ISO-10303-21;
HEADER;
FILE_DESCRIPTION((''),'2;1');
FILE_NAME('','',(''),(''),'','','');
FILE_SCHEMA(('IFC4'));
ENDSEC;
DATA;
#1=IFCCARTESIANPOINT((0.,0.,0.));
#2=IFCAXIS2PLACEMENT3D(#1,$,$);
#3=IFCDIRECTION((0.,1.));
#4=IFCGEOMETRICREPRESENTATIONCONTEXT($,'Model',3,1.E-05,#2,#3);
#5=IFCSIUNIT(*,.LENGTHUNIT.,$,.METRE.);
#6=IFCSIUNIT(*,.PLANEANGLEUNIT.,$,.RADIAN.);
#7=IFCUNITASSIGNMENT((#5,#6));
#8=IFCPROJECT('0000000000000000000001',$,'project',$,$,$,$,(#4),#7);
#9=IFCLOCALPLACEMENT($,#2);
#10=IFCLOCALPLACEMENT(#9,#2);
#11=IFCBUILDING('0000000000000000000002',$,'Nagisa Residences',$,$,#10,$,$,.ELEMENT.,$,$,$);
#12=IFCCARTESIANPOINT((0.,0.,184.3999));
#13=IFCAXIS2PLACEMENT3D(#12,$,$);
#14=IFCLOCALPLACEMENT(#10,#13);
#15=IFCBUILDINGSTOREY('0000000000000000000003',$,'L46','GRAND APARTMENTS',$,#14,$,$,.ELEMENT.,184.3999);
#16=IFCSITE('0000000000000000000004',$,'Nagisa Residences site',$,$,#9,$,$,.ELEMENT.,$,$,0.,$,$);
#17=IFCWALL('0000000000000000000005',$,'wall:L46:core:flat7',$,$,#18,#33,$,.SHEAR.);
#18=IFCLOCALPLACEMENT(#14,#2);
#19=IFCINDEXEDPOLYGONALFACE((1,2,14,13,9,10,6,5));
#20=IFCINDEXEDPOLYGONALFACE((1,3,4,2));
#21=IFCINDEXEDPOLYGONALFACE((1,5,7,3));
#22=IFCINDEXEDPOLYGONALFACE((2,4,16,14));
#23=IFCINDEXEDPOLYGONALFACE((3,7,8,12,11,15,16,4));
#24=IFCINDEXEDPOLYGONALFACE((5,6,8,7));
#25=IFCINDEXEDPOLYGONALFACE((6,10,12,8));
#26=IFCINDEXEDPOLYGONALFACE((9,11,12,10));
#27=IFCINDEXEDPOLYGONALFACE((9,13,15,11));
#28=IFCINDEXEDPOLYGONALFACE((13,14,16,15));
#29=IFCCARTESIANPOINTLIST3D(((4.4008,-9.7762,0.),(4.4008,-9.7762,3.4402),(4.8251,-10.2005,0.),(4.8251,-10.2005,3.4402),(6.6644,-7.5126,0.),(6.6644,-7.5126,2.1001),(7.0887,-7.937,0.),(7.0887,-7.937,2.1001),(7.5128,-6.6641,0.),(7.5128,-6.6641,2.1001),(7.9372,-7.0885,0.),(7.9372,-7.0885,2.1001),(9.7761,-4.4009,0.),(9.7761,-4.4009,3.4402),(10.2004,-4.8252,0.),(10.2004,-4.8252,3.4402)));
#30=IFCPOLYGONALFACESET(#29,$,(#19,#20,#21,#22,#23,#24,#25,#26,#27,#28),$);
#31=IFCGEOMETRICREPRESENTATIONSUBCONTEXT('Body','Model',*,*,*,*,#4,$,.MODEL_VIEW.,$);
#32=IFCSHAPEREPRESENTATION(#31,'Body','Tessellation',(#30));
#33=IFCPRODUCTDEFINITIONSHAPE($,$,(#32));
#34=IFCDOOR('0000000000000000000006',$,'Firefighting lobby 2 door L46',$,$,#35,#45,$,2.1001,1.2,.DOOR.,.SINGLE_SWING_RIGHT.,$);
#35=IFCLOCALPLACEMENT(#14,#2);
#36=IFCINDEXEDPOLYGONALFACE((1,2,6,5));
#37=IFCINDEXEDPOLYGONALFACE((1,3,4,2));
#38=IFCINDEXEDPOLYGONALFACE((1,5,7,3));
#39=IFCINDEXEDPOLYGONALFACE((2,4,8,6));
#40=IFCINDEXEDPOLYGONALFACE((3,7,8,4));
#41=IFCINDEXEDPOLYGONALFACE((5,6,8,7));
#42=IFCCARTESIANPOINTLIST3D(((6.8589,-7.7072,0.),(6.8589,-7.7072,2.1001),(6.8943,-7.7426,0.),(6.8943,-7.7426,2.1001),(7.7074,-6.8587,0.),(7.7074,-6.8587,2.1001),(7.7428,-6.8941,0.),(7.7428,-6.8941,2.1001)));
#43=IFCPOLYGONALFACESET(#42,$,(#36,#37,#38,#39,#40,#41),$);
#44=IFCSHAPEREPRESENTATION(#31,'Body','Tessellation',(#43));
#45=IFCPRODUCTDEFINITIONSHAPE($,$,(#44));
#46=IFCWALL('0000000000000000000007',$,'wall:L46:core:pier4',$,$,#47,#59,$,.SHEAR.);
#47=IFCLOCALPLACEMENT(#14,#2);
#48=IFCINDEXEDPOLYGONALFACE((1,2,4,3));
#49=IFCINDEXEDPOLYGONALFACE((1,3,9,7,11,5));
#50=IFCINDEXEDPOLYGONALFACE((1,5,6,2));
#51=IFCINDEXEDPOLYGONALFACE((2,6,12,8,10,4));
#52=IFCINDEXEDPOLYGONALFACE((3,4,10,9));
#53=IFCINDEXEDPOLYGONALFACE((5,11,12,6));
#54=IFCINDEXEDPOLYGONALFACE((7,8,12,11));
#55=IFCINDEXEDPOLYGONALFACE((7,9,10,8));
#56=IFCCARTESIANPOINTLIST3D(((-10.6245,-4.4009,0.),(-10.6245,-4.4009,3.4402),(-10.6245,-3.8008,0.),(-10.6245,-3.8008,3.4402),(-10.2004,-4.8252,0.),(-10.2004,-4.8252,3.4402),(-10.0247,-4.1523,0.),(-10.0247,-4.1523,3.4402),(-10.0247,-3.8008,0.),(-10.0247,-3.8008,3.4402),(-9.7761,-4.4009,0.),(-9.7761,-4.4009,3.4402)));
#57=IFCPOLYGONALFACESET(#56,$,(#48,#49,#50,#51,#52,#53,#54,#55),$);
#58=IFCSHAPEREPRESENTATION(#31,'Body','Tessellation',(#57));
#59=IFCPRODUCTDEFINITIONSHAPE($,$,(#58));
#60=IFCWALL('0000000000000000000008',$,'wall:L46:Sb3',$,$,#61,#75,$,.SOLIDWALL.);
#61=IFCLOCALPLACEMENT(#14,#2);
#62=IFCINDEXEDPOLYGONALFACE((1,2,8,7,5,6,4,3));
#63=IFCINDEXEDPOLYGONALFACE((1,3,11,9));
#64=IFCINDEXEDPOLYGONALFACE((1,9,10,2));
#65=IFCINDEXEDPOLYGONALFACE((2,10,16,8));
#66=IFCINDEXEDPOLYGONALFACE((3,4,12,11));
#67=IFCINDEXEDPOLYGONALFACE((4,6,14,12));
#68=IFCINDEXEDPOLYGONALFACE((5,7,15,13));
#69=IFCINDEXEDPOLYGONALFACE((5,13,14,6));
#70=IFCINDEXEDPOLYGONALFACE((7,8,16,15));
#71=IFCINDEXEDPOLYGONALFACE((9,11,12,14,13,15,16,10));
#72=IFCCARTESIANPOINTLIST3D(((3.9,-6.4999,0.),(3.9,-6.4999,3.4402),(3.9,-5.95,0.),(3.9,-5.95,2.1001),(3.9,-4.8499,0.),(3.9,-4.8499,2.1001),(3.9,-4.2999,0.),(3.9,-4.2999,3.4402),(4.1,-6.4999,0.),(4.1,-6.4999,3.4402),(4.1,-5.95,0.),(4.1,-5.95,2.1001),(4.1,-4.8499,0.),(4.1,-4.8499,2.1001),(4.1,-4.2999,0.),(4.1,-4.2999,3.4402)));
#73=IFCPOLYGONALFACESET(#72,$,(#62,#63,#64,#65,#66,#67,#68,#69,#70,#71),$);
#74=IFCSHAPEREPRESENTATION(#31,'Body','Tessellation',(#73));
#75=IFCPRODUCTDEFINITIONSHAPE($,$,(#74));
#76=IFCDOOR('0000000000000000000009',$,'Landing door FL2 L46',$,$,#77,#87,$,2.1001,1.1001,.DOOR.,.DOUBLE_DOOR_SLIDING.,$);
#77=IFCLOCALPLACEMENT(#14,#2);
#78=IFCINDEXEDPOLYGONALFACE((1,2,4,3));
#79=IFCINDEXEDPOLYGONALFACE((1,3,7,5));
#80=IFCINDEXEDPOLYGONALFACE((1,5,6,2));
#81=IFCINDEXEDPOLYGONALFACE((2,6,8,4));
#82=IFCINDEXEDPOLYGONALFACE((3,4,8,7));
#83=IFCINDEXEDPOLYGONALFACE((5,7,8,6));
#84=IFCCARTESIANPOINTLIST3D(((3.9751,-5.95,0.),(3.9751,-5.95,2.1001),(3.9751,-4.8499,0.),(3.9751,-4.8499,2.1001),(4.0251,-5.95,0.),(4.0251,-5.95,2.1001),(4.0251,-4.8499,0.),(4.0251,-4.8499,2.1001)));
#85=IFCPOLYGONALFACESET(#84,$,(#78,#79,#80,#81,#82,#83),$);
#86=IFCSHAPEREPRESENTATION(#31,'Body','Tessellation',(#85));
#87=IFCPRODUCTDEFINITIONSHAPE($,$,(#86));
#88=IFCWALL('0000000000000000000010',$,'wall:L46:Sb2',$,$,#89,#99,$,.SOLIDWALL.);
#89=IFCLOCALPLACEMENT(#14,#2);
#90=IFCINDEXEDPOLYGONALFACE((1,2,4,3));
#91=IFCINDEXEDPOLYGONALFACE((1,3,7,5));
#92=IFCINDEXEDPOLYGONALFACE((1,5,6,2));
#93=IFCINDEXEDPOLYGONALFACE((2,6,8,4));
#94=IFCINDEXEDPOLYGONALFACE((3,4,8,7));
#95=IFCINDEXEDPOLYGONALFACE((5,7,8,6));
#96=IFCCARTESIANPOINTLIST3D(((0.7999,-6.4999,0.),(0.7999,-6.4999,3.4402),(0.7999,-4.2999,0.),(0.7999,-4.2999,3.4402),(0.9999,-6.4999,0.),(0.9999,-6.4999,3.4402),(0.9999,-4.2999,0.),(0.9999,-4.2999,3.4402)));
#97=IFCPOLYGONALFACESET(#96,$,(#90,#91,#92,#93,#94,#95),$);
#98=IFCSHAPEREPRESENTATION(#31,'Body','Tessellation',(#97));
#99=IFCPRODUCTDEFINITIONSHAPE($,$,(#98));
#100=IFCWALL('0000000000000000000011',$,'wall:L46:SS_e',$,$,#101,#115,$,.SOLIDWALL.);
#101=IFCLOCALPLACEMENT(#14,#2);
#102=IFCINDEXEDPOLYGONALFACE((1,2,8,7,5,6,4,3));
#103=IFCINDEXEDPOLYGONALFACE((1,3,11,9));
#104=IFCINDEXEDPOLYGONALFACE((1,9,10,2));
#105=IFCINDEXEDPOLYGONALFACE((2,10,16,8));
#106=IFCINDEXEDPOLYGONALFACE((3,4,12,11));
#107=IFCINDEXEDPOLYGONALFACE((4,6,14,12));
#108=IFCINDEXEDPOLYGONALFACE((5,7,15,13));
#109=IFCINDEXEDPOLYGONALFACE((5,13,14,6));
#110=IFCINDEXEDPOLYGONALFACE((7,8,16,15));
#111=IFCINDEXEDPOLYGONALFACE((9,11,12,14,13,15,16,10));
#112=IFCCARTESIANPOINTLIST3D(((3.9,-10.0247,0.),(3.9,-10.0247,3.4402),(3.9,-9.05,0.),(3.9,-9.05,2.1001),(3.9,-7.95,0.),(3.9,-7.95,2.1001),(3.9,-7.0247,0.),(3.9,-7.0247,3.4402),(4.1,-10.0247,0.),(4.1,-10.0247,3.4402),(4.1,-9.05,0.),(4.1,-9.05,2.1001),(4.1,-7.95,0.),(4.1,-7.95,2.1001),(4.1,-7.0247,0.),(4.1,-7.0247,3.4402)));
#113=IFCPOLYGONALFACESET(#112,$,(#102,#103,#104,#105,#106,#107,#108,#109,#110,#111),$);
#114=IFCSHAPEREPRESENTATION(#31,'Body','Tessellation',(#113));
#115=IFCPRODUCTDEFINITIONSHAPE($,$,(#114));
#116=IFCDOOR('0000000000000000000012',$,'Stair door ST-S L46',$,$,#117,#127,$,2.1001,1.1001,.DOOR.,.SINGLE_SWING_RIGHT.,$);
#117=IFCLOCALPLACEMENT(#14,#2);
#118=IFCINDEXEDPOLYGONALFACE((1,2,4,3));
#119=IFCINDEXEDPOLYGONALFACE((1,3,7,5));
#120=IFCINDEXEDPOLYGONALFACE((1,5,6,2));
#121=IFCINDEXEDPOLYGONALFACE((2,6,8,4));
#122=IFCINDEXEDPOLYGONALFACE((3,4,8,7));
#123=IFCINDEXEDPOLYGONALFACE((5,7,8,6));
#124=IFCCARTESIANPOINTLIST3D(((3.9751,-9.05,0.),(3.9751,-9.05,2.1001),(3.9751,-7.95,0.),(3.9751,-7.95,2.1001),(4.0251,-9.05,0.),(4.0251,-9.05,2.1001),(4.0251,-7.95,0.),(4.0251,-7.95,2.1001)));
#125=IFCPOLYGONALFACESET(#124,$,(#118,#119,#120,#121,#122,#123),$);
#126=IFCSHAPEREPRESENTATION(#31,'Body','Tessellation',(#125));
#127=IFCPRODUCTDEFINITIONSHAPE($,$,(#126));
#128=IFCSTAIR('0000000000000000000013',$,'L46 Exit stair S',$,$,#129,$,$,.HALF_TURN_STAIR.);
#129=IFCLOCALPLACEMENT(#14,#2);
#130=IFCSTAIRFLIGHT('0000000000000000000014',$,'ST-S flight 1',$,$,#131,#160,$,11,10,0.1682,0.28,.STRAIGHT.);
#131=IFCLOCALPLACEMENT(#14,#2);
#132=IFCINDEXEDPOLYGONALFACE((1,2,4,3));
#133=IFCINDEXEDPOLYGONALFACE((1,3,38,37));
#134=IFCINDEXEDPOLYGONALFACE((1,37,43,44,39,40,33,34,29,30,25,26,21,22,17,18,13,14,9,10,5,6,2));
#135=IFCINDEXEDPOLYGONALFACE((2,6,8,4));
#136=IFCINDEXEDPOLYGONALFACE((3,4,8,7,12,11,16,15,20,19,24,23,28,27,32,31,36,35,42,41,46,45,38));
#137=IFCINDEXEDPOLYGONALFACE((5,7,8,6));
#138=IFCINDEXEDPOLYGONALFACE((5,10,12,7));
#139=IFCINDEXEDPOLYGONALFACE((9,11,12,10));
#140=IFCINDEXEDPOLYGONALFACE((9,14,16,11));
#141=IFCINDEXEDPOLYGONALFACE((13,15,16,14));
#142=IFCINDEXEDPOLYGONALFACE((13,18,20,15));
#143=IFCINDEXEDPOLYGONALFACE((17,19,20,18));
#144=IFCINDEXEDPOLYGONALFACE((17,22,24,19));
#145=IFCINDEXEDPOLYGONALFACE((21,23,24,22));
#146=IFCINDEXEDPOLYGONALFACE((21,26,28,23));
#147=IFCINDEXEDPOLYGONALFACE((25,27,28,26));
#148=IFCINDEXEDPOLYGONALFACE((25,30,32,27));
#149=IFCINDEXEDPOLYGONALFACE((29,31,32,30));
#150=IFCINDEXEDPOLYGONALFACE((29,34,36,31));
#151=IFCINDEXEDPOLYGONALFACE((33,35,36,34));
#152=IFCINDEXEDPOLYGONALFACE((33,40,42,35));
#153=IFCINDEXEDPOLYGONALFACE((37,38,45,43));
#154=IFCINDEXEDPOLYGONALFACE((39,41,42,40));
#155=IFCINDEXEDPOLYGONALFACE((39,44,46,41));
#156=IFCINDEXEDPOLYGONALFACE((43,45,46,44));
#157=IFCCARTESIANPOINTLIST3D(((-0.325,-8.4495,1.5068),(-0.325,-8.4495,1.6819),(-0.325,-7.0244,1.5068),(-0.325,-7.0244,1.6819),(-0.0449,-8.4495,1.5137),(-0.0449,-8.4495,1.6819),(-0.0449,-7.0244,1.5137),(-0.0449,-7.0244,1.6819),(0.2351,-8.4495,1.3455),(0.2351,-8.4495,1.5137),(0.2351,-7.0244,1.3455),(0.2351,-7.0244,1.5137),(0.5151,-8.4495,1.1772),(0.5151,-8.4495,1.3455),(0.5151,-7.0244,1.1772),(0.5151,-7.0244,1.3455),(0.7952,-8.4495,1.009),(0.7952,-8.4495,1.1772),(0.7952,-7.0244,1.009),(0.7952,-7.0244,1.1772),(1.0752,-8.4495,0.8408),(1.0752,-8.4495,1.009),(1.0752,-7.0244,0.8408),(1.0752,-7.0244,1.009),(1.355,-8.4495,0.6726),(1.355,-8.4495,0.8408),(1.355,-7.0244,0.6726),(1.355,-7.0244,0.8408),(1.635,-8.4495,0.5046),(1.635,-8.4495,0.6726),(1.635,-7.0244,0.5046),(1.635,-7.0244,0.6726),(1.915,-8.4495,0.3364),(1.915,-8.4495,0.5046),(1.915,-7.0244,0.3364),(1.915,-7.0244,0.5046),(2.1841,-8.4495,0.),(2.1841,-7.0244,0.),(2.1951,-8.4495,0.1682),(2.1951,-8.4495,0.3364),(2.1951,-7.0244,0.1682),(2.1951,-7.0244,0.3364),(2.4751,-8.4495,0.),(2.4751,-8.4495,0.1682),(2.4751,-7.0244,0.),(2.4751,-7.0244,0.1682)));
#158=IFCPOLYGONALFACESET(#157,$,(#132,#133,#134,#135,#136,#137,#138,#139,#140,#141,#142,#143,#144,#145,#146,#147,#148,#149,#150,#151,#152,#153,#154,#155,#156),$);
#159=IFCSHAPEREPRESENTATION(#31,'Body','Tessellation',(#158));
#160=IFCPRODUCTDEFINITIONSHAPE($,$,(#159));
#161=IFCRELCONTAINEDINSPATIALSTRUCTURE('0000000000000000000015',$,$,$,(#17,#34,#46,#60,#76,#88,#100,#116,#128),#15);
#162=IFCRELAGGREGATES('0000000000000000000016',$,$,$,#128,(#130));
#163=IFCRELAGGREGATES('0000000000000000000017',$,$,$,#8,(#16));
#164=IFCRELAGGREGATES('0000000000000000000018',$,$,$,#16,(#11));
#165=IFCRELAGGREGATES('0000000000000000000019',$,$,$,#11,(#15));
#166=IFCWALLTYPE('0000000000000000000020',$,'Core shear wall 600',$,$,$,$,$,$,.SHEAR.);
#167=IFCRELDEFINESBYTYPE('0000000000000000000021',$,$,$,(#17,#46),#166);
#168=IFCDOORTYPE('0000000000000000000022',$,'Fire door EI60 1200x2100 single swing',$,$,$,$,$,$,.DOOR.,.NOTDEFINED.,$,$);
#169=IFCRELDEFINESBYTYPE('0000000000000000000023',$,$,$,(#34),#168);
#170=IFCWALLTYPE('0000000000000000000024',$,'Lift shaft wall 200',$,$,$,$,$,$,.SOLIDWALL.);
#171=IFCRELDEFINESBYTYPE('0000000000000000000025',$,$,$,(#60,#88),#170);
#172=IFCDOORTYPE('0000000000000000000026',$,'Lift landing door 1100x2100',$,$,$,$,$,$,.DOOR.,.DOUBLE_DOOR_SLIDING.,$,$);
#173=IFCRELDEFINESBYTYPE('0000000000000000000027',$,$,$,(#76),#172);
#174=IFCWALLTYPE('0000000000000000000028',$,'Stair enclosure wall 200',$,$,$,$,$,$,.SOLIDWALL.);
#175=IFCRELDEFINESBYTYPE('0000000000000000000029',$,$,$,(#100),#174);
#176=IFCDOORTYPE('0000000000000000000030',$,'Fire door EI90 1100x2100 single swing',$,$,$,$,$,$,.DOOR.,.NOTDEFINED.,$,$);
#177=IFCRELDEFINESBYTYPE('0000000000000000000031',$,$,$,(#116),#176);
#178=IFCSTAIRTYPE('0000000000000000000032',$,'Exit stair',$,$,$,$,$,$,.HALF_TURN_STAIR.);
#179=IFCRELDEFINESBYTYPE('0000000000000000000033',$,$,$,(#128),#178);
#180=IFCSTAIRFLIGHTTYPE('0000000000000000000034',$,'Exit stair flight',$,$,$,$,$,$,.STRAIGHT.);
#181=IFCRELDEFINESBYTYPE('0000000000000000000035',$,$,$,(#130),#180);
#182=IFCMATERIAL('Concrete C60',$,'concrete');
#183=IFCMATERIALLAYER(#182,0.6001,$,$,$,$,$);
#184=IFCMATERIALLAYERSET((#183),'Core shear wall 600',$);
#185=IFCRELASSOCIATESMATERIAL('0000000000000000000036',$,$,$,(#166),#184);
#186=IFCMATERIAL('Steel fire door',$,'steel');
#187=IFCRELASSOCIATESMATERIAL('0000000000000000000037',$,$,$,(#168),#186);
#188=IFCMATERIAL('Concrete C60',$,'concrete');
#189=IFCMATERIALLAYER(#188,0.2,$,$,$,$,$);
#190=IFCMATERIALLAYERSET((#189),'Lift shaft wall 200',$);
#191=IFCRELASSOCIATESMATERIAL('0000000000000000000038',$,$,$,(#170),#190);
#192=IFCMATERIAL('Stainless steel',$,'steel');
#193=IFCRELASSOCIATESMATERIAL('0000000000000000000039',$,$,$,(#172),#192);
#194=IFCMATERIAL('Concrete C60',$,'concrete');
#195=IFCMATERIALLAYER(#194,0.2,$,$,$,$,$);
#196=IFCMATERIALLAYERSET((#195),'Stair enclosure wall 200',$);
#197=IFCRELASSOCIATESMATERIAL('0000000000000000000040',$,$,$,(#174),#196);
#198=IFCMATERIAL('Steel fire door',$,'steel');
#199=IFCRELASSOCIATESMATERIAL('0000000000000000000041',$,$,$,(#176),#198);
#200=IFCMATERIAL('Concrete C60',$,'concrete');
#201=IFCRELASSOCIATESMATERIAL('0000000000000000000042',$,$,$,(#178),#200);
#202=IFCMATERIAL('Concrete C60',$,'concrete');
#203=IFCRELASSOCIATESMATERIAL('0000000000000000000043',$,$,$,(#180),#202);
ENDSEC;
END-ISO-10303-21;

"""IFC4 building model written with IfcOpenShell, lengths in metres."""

from ifc_helpers import new_model, si_unit, direction, frame, frame_2d, origin, place, context, subcontext, project, spatial, polyline, rectangle, outline, extrude, material, layer, layer_set, type_object, element, fill, aggregate, save


model = new_model("IFC4")

# Units and contexts
model_context = context("Model", 3, precision=1e-05, world=origin(), true_north=direction((0.0, 1.0)))
body_context = subcontext(model_context, "Body", "Model", "MODEL_VIEW")
ifc_project = project(units=[si_unit("LENGTHUNIT", "METRE"), si_unit("PLANEANGLEUNIT", "RADIAN")], contexts=[model_context])

# Site, building, storey
site_placement = place(None, origin())
site = spatial("IfcSite", under=ifc_project, at=site_placement, Name="Nagisa Residences site", CompositionType="ELEMENT", RefElevation=0.0)
building_placement = place(site_placement, origin())
building = spatial("IfcBuilding", under=site, at=building_placement, Name="Nagisa Residences", CompositionType="ELEMENT")
storey_placement = place(building_placement, frame((0.0, 0.0, 184.3999)))
storey = spatial("IfcBuildingStorey", under=building, at=storey_placement, Name="L46", Description="GRAND APARTMENTS", CompositionType="ELEMENT", Elevation=184.3999)

# Wall, opening, door
ifc_material_1 = material(Name="Concrete C60", Category="concrete")
ifc_layer_1 = layer(ifc_material_1, 0.6001)
ifc_layer_set_1 = layer_set([ifc_layer_1], Name="Core shear wall 600")
wall_type_1 = type_object("IfcWallType", Name="Core shear wall 600", PredefinedType="SHEAR", material=ifc_layer_set_1)
wall_1_placement = place(storey_placement, frame((4.613, -9.9883, 0.0), z_axis=(0.0, 0.0, 1.0), x_axis=(0.707107, 0.707107, 0.0)))
wall_1 = element("IfcWall", 1, at=wall_1_placement, inside=storey, type_object=wall_type_1, Name="wall:L46:core:flat7", PredefinedType="SHEAR", context=body_context, shape_type="SweptSolid", body=[
    extrude(rectangle(XDim=7.6018, YDim=0.6001, at=frame_2d((3.8008, 0.0))), origin(), (0.0, 0.0, 1.0), 3.4402),
])
opening_1_placement = place(wall_1_placement, frame((3.2009, 0.0, 0.0)))
opening_1 = element("IfcOpeningElement", 2, at=opening_1_placement, cuts=wall_1, PredefinedType="OPENING", context=body_context, shape_type="SweptSolid", body=[
    extrude(rectangle(XDim=1.2, YDim=2.1001, at=frame_2d((0.6001, 1.05))), frame((0.0, 0.3101, 0.0), z_axis=(0.0, -1.0, 0.0), x_axis=(1.0, 0.0, 0.0)), (0.0, 0.0, 1.0), 0.6201),
])
ifc_material_2 = material(Name="Steel fire door", Category="steel")
door_type_1 = type_object("IfcDoorType", Name="Fire door EI60 1200x2100 single swing", OperationType="NOTDEFINED", PredefinedType="DOOR", material=ifc_material_2)
door_1_placement = place(opening_1_placement, origin())
door_1 = element("IfcDoor", 3, at=door_1_placement, inside=storey, type_object=door_type_1, Name="Firefighting lobby 2 door L46", OperationType="SINGLE_SWING_RIGHT", OverallHeight=2.1001, OverallWidth=1.2, PredefinedType="DOOR", context=body_context, shape_type="SweptSolid", body=[
    extrude(rectangle(XDim=1.2, YDim=2.1001, at=frame_2d((0.6001, 1.05))), frame((0.0, 0.0249, 0.0), z_axis=(0.0, -1.0, 0.0), x_axis=(1.0, 0.0, 0.0)), (0.0, 0.0, 1.0), 0.05),
])
fill(opening_1, door_1)

# Wall
wall_2_placement = place(storey_placement, origin())
element("IfcWall", 4, at=wall_2_placement, inside=storey, type_object=wall_type_1, Name="wall:L46:core:pier4", PredefinedType="SHEAR", context=body_context, shape_type="SweptSolid", body=[
    extrude(outline(polyline([(-10.6245, -3.8008), (-10.0247, -3.8008), (-10.0247, -4.1523), (-9.7761, -4.4009), (-10.2004, -4.8252), (-10.6245, -4.4009), (-10.6245, -3.8008)])), origin(), (0.0, 0.0, 1.0), 3.4402),
])

# Wall, opening, door
ifc_material_3 = material(Name="Concrete C60", Category="concrete")
ifc_layer_2 = layer(ifc_material_3, 0.2)
ifc_layer_set_2 = layer_set([ifc_layer_2], Name="Lift shaft wall 200")
wall_type_2 = type_object("IfcWallType", Name="Lift shaft wall 200", PredefinedType="SOLIDWALL", material=ifc_layer_set_2)
wall_3_placement = place(storey_placement, frame((4.0, -6.5, 0.0), z_axis=(0.0, 0.0, 1.0), x_axis=(0.0, 1.0, 0.0)))
wall_3 = element("IfcWall", 5, at=wall_3_placement, inside=storey, type_object=wall_type_2, Name="wall:L46:Sb3", PredefinedType="SOLIDWALL", context=body_context, shape_type="SweptSolid", body=[
    extrude(rectangle(XDim=2.2, YDim=0.2, at=frame_2d((1.1001, 0.0))), origin(), (0.0, 0.0, 1.0), 3.4402),
])
opening_2_placement = place(wall_3_placement, frame((0.55, 0.0, 0.0)))
opening_2 = element("IfcOpeningElement", 6, at=opening_2_placement, cuts=wall_3, PredefinedType="OPENING", context=body_context, shape_type="SweptSolid", body=[
    extrude(rectangle(XDim=1.1001, YDim=2.1001, at=frame_2d((0.55, 1.05))), frame((0.0, 0.1099, 0.0), z_axis=(0.0, -1.0, 0.0), x_axis=(1.0, 0.0, 0.0)), (0.0, 0.0, 1.0), 0.22),
])
ifc_material_4 = material(Name="Stainless steel", Category="steel")
door_type_2 = type_object("IfcDoorType", Name="Lift landing door 1100x2100", OperationType="DOUBLE_DOOR_SLIDING", PredefinedType="DOOR", material=ifc_material_4)
door_2_placement = place(opening_2_placement, origin())
door_2 = element("IfcDoor", 7, at=door_2_placement, inside=storey, type_object=door_type_2, Name="Landing door FL2 L46", OperationType="DOUBLE_DOOR_SLIDING", OverallHeight=2.1001, OverallWidth=1.1001, PredefinedType="DOOR", context=body_context, shape_type="SweptSolid", body=[
    extrude(rectangle(XDim=1.1001, YDim=2.1001, at=frame_2d((0.55, 1.05))), frame((0.0, 0.0249, 0.0), z_axis=(0.0, -1.0, 0.0), x_axis=(1.0, 0.0, 0.0)), (0.0, 0.0, 1.0), 0.05),
])
fill(opening_2, door_2)

# Wall
wall_4_placement = place(storey_placement, frame((0.8999, -6.5, 0.0), z_axis=(0.0, 0.0, 1.0), x_axis=(0.0, 1.0, 0.0)))
element("IfcWall", 8, at=wall_4_placement, inside=storey, type_object=wall_type_2, Name="wall:L46:Sb2", PredefinedType="SOLIDWALL", context=body_context, shape_type="SweptSolid", body=[
    extrude(rectangle(XDim=2.2, YDim=0.2, at=frame_2d((1.1001, 0.0))), origin(), (0.0, 0.0, 1.0), 3.4402),
])

# Wall, opening, door
ifc_material_5 = material(Name="Concrete C60", Category="concrete")
ifc_layer_3 = layer(ifc_material_5, 0.2)
ifc_layer_set_3 = layer_set([ifc_layer_3], Name="Stair enclosure wall 200")
wall_type_3 = type_object("IfcWallType", Name="Stair enclosure wall 200", PredefinedType="SOLIDWALL", material=ifc_layer_set_3)
wall_5_placement = place(storey_placement, frame((4.0, -10.0247, 0.0), z_axis=(0.0, 0.0, 1.0), x_axis=(0.0, 1.0, 0.0)))
wall_5 = element("IfcWall", 9, at=wall_5_placement, inside=storey, type_object=wall_type_3, Name="wall:L46:SS_e", PredefinedType="SOLIDWALL", context=body_context, shape_type="SweptSolid", body=[
    extrude(rectangle(XDim=3.0, YDim=0.2, at=frame_2d((1.5, 0.0))), origin(), (0.0, 0.0, 1.0), 3.4402),
])
opening_3_placement = place(wall_5_placement, frame((0.9746, 0.0, 0.0)))
opening_3 = element("IfcOpeningElement", 10, at=opening_3_placement, cuts=wall_5, PredefinedType="OPENING", context=body_context, shape_type="SweptSolid", body=[
    extrude(rectangle(XDim=1.1001, YDim=2.1001, at=frame_2d((0.55, 1.05))), frame((0.0, 0.1099, 0.0), z_axis=(0.0, -1.0, 0.0), x_axis=(1.0, 0.0, 0.0)), (0.0, 0.0, 1.0), 0.22),
])
ifc_material_6 = material(Name="Steel fire door", Category="steel")
door_type_3 = type_object("IfcDoorType", Name="Fire door EI90 1100x2100 single swing", OperationType="NOTDEFINED", PredefinedType="DOOR", material=ifc_material_6)
door_3_placement = place(opening_3_placement, origin())
door_3 = element("IfcDoor", 11, at=door_3_placement, inside=storey, type_object=door_type_3, Name="Stair door ST-S L46", OperationType="SINGLE_SWING_RIGHT", OverallHeight=2.1001, OverallWidth=1.1001, PredefinedType="DOOR", context=body_context, shape_type="SweptSolid", body=[
    extrude(rectangle(XDim=1.1001, YDim=2.1001, at=frame_2d((0.55, 1.05))), frame((0.0, 0.0249, 0.0), z_axis=(0.0, -1.0, 0.0), x_axis=(1.0, 0.0, 0.0)), (0.0, 0.0, 1.0), 0.05),
])
fill(opening_3, door_3)

# Stair, stair flight
ifc_material_7 = material(Name="Concrete C60", Category="concrete")
stair_type = type_object("IfcStairType", Name="Exit stair", PredefinedType="HALF_TURN_STAIR", material=ifc_material_7)
stair_placement = place(storey_placement, origin())
stair = element("IfcStair", 12, at=stair_placement, inside=storey, type_object=stair_type, Name="L46 Exit stair S", PredefinedType="HALF_TURN_STAIR")
ifc_material_8 = material(Name="Concrete C60", Category="concrete")
stair_flight_type = type_object("IfcStairFlightType", Name="Exit stair flight", PredefinedType="STRAIGHT", material=ifc_material_8)
stair_flight_placement = place(storey_placement, frame((2.4751, -7.7371, 0.0), z_axis=(0.0, 0.0, 1.0), x_axis=(-1.0, 0.0, 0.0)))
stair_flight = element("IfcStairFlight", 13, at=stair_flight_placement, type_object=stair_flight_type, Name="ST-S flight 1", NumberOfRisers=11, NumberOfTreads=10, PredefinedType="STRAIGHT", RiserHeight=0.1682, TreadLength=0.28, context=body_context, shape_type="SweptSolid", body=[
    extrude(outline(polyline([(0.0, 0.0), (0.0, 0.1682), (0.28, 0.1682), (0.28, 0.3364), (0.5601, 0.3364), (0.5601, 0.5046), (0.8401, 0.5046), (0.8401, 0.6726), (1.1201, 0.6726), (1.1201, 0.8408), (1.3999, 0.8408), (1.3999, 1.009), (1.6799, 1.009), (1.6799, 1.1772), (1.96, 1.1772), (1.96, 1.3455), (2.24, 1.3455), (2.24, 1.5137), (2.52, 1.5137), (2.52, 1.6819), (2.8, 1.6819), (2.8, 1.8501), (2.8, 1.5068), (0.291, 0.0), (0.0, 0.0)])), frame((0.0, 0.7124, 0.0), z_axis=(0.0, -1.0, 0.0), x_axis=(1.0, 0.0, 0.0)), (0.0, 0.0, 1.0), 1.425),
])
aggregate(stair, [stair_flight])

save(model, "model.ifc")
